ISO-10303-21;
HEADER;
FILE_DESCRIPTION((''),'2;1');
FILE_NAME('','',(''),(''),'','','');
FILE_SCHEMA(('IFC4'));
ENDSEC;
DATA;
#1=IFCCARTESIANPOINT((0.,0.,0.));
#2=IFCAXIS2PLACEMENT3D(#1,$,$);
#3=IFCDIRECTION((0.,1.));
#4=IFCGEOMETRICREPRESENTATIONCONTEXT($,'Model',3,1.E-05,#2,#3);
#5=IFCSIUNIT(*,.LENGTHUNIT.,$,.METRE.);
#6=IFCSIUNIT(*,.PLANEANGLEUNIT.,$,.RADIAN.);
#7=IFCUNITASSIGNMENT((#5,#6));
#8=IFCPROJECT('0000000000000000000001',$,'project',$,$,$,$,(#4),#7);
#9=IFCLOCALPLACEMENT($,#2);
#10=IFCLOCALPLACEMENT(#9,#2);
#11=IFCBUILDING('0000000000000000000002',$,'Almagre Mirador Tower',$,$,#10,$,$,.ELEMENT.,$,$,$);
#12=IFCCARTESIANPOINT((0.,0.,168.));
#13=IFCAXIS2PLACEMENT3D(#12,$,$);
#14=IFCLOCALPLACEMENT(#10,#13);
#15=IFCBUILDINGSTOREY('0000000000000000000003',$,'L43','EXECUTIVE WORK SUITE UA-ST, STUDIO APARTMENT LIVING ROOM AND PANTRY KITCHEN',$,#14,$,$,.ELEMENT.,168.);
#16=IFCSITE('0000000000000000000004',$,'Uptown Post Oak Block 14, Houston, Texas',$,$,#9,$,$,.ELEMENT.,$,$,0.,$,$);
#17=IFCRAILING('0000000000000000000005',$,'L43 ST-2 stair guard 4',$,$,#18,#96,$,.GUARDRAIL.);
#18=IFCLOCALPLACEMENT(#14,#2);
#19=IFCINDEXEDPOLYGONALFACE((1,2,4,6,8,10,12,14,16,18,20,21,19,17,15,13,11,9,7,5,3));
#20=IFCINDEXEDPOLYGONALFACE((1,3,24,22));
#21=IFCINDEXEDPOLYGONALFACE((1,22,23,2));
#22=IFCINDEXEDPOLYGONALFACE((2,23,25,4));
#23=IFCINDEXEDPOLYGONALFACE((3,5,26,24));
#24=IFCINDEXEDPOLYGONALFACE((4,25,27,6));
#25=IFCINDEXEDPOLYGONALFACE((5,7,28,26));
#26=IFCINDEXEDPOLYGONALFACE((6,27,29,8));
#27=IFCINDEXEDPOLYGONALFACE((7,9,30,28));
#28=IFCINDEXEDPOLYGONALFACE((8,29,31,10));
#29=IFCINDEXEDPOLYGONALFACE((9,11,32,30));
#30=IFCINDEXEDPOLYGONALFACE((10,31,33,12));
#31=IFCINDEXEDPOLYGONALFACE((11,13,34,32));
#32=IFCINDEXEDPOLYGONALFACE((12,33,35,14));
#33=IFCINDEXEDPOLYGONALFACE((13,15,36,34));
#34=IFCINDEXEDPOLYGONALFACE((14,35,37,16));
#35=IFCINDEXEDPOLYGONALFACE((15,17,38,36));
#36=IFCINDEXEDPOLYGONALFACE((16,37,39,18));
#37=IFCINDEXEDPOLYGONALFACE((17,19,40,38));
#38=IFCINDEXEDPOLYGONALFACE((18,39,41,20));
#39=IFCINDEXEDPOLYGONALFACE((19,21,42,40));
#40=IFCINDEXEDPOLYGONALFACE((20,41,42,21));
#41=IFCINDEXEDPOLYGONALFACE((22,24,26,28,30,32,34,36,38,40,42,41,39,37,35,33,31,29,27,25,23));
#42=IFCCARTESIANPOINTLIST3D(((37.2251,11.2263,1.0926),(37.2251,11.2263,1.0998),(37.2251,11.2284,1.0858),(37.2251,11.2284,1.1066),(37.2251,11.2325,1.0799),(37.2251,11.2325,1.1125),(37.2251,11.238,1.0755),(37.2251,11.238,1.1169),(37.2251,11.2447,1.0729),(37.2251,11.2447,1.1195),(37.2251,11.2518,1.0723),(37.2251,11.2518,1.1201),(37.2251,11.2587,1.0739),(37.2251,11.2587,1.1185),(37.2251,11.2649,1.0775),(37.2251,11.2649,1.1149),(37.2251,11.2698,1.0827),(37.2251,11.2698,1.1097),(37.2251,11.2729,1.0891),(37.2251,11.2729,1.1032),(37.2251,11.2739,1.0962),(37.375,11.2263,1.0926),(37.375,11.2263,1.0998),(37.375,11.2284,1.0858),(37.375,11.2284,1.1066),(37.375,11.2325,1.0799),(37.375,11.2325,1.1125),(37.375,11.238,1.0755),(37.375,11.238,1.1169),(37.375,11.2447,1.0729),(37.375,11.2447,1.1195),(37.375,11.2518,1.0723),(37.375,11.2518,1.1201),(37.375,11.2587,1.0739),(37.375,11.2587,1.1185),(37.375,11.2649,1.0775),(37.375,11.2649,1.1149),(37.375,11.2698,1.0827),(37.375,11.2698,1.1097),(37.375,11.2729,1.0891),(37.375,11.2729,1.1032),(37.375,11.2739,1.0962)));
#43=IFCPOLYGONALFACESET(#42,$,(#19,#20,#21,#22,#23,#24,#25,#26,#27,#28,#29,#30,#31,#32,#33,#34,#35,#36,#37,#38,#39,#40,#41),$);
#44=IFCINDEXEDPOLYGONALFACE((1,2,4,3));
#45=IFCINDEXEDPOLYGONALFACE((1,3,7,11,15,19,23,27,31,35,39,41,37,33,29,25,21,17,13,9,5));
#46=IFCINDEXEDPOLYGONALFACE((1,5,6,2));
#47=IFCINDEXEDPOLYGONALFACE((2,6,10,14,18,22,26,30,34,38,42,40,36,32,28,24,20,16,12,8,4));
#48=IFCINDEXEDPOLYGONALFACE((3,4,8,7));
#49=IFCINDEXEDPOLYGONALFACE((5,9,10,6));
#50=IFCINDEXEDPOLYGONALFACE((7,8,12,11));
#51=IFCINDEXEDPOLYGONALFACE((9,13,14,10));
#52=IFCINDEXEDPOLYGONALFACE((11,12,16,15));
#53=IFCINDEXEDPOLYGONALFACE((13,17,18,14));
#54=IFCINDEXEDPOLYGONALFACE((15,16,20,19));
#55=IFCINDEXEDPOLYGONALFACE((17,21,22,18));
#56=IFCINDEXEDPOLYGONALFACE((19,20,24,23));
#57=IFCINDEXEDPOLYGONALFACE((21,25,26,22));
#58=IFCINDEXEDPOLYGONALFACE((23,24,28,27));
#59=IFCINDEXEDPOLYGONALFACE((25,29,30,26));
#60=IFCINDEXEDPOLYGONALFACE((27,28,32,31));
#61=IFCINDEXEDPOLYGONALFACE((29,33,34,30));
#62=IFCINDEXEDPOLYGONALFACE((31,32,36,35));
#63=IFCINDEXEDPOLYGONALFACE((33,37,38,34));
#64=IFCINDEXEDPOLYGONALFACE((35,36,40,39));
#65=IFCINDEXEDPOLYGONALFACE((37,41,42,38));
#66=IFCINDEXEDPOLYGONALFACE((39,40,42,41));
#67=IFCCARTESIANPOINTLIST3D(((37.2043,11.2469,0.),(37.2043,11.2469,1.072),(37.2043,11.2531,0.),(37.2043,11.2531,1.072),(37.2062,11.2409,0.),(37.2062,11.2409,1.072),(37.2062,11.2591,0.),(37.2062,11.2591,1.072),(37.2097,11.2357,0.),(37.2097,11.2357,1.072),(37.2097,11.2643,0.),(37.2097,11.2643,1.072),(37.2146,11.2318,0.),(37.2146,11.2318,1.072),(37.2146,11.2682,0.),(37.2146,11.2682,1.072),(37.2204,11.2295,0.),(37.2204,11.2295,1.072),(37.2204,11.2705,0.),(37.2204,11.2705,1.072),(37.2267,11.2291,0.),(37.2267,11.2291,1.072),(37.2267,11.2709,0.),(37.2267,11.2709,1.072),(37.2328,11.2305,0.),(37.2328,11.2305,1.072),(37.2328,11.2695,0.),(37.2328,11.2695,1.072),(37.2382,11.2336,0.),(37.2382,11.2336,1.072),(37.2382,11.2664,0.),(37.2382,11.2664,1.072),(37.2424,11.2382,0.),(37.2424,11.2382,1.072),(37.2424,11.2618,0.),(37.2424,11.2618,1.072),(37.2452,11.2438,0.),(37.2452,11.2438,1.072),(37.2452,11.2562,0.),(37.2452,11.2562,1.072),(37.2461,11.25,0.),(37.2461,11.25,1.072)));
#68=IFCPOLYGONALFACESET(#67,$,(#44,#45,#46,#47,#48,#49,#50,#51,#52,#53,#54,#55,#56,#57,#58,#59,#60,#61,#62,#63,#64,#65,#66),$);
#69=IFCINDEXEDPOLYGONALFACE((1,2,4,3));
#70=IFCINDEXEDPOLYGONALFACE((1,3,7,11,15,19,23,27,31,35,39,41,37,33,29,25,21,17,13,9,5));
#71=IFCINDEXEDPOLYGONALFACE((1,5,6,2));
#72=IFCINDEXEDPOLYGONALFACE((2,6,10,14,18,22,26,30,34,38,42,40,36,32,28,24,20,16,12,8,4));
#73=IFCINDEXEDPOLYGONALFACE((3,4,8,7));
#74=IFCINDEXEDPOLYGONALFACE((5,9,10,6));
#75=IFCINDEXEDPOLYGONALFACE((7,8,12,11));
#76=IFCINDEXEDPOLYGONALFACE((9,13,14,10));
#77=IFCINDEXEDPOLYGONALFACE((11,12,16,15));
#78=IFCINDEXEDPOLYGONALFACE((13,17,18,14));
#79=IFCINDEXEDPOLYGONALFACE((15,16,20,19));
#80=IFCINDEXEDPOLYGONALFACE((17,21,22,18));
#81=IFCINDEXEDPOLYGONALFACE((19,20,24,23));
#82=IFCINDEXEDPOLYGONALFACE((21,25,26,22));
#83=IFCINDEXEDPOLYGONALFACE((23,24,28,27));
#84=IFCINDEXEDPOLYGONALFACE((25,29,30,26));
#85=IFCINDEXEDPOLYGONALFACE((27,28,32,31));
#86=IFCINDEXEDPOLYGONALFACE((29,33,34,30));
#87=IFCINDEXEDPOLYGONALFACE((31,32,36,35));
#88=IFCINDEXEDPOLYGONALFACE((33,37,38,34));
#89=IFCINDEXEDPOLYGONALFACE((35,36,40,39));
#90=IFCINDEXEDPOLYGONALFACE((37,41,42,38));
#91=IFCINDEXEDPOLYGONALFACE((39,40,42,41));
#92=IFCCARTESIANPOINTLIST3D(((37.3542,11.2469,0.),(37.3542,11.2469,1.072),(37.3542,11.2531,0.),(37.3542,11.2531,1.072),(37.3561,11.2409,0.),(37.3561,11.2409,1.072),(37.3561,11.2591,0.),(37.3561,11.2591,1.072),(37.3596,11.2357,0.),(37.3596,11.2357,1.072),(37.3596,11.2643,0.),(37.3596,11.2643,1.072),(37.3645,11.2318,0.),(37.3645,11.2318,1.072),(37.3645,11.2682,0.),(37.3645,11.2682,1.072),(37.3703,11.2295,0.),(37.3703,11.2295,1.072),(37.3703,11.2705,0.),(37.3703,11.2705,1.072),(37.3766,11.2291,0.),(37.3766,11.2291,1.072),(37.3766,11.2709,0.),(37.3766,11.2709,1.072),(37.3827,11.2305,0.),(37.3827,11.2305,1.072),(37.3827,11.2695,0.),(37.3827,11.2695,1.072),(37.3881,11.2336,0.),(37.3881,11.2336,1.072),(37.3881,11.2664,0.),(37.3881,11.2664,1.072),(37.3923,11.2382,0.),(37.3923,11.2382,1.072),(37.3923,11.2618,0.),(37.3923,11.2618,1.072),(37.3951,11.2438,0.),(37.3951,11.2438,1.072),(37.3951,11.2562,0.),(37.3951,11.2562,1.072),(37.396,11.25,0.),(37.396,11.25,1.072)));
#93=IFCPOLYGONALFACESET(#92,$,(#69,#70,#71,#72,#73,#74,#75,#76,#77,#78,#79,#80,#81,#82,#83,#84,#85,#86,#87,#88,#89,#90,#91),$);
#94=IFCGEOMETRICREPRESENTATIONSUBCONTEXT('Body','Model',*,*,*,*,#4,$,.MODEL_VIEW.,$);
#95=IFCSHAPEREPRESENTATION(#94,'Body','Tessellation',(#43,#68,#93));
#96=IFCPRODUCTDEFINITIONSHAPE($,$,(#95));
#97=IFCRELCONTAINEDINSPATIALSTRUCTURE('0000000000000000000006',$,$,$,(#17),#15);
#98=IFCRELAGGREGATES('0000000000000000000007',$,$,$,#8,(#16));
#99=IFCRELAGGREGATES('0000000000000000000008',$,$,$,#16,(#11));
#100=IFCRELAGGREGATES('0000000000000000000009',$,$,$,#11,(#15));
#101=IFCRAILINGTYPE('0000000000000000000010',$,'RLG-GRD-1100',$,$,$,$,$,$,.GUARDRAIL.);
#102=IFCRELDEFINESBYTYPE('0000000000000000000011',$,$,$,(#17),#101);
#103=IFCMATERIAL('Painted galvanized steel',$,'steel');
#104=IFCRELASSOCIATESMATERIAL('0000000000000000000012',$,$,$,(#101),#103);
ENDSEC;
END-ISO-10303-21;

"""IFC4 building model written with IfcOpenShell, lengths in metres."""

from ifc_helpers import new_model, si_unit, direction, frame, origin, origin_2d, place, context, subcontext, project, spatial, circle, extrude, material, type_object, element, save


model = new_model("IFC4")

# Units and contexts
model_context = context("Model", 3, precision=1e-05, world=origin(), true_north=direction((0.0, 1.0)))
body_context = subcontext(model_context, "Body", "Model", "MODEL_VIEW")
ifc_project = project(units=[si_unit("LENGTHUNIT", "METRE"), si_unit("PLANEANGLEUNIT", "RADIAN")], contexts=[model_context])

# Site, building, storey
site_placement = place(None, origin())
site = spatial("IfcSite", under=ifc_project, at=site_placement, Name="Uptown Post Oak Block 14, Houston, Texas", CompositionType="ELEMENT", RefElevation=0.0)
building_placement = place(site_placement, origin())
building = spatial("IfcBuilding", under=site, at=building_placement, Name="Almagre Mirador Tower", CompositionType="ELEMENT")
storey_placement = place(building_placement, frame((0.0, 0.0, 168.0)))
storey = spatial("IfcBuildingStorey", under=building, at=storey_placement, Name="L43", Description="EXECUTIVE WORK SUITE UA-ST, STUDIO APARTMENT LIVING ROOM AND PANTRY KITCHEN", CompositionType="ELEMENT", Elevation=168.0)

# Railing
ifc_material_1 = material(Name="Painted galvanized steel", Category="steel")
railing_type_1 = type_object("IfcRailingType", Name="RLG-GRD-1100", PredefinedType="GUARDRAIL", material=ifc_material_1)
railing_1_placement = place(storey_placement, frame((37.2251, 11.25, 0.0)))
element("IfcRailing", 1, at=railing_1_placement, inside=storey, type_object=railing_type_1, Name="L43 ST-2 stair guard 4", PredefinedType="GUARDRAIL", context=body_context, shape_type="SweptSolid", body=[
    extrude(circle(Radius=0.0239, at=origin_2d()), frame((0.0, 0.0, 1.0962), z_axis=(1.0, 0.0, 0.0), x_axis=(0.0, 1.0, 0.0)), (0.0, 0.0, 1.0), 0.1499),
    extrude(circle(Radius=0.021, at=origin_2d()), origin(), (0.0, 0.0, 1.0), 1.072),
    extrude(circle(Radius=0.021, at=origin_2d()), frame((0.1499, 0.0, 0.0)), (0.0, 0.0, 1.0), 1.072),
])

save(model, "model.ifc")
